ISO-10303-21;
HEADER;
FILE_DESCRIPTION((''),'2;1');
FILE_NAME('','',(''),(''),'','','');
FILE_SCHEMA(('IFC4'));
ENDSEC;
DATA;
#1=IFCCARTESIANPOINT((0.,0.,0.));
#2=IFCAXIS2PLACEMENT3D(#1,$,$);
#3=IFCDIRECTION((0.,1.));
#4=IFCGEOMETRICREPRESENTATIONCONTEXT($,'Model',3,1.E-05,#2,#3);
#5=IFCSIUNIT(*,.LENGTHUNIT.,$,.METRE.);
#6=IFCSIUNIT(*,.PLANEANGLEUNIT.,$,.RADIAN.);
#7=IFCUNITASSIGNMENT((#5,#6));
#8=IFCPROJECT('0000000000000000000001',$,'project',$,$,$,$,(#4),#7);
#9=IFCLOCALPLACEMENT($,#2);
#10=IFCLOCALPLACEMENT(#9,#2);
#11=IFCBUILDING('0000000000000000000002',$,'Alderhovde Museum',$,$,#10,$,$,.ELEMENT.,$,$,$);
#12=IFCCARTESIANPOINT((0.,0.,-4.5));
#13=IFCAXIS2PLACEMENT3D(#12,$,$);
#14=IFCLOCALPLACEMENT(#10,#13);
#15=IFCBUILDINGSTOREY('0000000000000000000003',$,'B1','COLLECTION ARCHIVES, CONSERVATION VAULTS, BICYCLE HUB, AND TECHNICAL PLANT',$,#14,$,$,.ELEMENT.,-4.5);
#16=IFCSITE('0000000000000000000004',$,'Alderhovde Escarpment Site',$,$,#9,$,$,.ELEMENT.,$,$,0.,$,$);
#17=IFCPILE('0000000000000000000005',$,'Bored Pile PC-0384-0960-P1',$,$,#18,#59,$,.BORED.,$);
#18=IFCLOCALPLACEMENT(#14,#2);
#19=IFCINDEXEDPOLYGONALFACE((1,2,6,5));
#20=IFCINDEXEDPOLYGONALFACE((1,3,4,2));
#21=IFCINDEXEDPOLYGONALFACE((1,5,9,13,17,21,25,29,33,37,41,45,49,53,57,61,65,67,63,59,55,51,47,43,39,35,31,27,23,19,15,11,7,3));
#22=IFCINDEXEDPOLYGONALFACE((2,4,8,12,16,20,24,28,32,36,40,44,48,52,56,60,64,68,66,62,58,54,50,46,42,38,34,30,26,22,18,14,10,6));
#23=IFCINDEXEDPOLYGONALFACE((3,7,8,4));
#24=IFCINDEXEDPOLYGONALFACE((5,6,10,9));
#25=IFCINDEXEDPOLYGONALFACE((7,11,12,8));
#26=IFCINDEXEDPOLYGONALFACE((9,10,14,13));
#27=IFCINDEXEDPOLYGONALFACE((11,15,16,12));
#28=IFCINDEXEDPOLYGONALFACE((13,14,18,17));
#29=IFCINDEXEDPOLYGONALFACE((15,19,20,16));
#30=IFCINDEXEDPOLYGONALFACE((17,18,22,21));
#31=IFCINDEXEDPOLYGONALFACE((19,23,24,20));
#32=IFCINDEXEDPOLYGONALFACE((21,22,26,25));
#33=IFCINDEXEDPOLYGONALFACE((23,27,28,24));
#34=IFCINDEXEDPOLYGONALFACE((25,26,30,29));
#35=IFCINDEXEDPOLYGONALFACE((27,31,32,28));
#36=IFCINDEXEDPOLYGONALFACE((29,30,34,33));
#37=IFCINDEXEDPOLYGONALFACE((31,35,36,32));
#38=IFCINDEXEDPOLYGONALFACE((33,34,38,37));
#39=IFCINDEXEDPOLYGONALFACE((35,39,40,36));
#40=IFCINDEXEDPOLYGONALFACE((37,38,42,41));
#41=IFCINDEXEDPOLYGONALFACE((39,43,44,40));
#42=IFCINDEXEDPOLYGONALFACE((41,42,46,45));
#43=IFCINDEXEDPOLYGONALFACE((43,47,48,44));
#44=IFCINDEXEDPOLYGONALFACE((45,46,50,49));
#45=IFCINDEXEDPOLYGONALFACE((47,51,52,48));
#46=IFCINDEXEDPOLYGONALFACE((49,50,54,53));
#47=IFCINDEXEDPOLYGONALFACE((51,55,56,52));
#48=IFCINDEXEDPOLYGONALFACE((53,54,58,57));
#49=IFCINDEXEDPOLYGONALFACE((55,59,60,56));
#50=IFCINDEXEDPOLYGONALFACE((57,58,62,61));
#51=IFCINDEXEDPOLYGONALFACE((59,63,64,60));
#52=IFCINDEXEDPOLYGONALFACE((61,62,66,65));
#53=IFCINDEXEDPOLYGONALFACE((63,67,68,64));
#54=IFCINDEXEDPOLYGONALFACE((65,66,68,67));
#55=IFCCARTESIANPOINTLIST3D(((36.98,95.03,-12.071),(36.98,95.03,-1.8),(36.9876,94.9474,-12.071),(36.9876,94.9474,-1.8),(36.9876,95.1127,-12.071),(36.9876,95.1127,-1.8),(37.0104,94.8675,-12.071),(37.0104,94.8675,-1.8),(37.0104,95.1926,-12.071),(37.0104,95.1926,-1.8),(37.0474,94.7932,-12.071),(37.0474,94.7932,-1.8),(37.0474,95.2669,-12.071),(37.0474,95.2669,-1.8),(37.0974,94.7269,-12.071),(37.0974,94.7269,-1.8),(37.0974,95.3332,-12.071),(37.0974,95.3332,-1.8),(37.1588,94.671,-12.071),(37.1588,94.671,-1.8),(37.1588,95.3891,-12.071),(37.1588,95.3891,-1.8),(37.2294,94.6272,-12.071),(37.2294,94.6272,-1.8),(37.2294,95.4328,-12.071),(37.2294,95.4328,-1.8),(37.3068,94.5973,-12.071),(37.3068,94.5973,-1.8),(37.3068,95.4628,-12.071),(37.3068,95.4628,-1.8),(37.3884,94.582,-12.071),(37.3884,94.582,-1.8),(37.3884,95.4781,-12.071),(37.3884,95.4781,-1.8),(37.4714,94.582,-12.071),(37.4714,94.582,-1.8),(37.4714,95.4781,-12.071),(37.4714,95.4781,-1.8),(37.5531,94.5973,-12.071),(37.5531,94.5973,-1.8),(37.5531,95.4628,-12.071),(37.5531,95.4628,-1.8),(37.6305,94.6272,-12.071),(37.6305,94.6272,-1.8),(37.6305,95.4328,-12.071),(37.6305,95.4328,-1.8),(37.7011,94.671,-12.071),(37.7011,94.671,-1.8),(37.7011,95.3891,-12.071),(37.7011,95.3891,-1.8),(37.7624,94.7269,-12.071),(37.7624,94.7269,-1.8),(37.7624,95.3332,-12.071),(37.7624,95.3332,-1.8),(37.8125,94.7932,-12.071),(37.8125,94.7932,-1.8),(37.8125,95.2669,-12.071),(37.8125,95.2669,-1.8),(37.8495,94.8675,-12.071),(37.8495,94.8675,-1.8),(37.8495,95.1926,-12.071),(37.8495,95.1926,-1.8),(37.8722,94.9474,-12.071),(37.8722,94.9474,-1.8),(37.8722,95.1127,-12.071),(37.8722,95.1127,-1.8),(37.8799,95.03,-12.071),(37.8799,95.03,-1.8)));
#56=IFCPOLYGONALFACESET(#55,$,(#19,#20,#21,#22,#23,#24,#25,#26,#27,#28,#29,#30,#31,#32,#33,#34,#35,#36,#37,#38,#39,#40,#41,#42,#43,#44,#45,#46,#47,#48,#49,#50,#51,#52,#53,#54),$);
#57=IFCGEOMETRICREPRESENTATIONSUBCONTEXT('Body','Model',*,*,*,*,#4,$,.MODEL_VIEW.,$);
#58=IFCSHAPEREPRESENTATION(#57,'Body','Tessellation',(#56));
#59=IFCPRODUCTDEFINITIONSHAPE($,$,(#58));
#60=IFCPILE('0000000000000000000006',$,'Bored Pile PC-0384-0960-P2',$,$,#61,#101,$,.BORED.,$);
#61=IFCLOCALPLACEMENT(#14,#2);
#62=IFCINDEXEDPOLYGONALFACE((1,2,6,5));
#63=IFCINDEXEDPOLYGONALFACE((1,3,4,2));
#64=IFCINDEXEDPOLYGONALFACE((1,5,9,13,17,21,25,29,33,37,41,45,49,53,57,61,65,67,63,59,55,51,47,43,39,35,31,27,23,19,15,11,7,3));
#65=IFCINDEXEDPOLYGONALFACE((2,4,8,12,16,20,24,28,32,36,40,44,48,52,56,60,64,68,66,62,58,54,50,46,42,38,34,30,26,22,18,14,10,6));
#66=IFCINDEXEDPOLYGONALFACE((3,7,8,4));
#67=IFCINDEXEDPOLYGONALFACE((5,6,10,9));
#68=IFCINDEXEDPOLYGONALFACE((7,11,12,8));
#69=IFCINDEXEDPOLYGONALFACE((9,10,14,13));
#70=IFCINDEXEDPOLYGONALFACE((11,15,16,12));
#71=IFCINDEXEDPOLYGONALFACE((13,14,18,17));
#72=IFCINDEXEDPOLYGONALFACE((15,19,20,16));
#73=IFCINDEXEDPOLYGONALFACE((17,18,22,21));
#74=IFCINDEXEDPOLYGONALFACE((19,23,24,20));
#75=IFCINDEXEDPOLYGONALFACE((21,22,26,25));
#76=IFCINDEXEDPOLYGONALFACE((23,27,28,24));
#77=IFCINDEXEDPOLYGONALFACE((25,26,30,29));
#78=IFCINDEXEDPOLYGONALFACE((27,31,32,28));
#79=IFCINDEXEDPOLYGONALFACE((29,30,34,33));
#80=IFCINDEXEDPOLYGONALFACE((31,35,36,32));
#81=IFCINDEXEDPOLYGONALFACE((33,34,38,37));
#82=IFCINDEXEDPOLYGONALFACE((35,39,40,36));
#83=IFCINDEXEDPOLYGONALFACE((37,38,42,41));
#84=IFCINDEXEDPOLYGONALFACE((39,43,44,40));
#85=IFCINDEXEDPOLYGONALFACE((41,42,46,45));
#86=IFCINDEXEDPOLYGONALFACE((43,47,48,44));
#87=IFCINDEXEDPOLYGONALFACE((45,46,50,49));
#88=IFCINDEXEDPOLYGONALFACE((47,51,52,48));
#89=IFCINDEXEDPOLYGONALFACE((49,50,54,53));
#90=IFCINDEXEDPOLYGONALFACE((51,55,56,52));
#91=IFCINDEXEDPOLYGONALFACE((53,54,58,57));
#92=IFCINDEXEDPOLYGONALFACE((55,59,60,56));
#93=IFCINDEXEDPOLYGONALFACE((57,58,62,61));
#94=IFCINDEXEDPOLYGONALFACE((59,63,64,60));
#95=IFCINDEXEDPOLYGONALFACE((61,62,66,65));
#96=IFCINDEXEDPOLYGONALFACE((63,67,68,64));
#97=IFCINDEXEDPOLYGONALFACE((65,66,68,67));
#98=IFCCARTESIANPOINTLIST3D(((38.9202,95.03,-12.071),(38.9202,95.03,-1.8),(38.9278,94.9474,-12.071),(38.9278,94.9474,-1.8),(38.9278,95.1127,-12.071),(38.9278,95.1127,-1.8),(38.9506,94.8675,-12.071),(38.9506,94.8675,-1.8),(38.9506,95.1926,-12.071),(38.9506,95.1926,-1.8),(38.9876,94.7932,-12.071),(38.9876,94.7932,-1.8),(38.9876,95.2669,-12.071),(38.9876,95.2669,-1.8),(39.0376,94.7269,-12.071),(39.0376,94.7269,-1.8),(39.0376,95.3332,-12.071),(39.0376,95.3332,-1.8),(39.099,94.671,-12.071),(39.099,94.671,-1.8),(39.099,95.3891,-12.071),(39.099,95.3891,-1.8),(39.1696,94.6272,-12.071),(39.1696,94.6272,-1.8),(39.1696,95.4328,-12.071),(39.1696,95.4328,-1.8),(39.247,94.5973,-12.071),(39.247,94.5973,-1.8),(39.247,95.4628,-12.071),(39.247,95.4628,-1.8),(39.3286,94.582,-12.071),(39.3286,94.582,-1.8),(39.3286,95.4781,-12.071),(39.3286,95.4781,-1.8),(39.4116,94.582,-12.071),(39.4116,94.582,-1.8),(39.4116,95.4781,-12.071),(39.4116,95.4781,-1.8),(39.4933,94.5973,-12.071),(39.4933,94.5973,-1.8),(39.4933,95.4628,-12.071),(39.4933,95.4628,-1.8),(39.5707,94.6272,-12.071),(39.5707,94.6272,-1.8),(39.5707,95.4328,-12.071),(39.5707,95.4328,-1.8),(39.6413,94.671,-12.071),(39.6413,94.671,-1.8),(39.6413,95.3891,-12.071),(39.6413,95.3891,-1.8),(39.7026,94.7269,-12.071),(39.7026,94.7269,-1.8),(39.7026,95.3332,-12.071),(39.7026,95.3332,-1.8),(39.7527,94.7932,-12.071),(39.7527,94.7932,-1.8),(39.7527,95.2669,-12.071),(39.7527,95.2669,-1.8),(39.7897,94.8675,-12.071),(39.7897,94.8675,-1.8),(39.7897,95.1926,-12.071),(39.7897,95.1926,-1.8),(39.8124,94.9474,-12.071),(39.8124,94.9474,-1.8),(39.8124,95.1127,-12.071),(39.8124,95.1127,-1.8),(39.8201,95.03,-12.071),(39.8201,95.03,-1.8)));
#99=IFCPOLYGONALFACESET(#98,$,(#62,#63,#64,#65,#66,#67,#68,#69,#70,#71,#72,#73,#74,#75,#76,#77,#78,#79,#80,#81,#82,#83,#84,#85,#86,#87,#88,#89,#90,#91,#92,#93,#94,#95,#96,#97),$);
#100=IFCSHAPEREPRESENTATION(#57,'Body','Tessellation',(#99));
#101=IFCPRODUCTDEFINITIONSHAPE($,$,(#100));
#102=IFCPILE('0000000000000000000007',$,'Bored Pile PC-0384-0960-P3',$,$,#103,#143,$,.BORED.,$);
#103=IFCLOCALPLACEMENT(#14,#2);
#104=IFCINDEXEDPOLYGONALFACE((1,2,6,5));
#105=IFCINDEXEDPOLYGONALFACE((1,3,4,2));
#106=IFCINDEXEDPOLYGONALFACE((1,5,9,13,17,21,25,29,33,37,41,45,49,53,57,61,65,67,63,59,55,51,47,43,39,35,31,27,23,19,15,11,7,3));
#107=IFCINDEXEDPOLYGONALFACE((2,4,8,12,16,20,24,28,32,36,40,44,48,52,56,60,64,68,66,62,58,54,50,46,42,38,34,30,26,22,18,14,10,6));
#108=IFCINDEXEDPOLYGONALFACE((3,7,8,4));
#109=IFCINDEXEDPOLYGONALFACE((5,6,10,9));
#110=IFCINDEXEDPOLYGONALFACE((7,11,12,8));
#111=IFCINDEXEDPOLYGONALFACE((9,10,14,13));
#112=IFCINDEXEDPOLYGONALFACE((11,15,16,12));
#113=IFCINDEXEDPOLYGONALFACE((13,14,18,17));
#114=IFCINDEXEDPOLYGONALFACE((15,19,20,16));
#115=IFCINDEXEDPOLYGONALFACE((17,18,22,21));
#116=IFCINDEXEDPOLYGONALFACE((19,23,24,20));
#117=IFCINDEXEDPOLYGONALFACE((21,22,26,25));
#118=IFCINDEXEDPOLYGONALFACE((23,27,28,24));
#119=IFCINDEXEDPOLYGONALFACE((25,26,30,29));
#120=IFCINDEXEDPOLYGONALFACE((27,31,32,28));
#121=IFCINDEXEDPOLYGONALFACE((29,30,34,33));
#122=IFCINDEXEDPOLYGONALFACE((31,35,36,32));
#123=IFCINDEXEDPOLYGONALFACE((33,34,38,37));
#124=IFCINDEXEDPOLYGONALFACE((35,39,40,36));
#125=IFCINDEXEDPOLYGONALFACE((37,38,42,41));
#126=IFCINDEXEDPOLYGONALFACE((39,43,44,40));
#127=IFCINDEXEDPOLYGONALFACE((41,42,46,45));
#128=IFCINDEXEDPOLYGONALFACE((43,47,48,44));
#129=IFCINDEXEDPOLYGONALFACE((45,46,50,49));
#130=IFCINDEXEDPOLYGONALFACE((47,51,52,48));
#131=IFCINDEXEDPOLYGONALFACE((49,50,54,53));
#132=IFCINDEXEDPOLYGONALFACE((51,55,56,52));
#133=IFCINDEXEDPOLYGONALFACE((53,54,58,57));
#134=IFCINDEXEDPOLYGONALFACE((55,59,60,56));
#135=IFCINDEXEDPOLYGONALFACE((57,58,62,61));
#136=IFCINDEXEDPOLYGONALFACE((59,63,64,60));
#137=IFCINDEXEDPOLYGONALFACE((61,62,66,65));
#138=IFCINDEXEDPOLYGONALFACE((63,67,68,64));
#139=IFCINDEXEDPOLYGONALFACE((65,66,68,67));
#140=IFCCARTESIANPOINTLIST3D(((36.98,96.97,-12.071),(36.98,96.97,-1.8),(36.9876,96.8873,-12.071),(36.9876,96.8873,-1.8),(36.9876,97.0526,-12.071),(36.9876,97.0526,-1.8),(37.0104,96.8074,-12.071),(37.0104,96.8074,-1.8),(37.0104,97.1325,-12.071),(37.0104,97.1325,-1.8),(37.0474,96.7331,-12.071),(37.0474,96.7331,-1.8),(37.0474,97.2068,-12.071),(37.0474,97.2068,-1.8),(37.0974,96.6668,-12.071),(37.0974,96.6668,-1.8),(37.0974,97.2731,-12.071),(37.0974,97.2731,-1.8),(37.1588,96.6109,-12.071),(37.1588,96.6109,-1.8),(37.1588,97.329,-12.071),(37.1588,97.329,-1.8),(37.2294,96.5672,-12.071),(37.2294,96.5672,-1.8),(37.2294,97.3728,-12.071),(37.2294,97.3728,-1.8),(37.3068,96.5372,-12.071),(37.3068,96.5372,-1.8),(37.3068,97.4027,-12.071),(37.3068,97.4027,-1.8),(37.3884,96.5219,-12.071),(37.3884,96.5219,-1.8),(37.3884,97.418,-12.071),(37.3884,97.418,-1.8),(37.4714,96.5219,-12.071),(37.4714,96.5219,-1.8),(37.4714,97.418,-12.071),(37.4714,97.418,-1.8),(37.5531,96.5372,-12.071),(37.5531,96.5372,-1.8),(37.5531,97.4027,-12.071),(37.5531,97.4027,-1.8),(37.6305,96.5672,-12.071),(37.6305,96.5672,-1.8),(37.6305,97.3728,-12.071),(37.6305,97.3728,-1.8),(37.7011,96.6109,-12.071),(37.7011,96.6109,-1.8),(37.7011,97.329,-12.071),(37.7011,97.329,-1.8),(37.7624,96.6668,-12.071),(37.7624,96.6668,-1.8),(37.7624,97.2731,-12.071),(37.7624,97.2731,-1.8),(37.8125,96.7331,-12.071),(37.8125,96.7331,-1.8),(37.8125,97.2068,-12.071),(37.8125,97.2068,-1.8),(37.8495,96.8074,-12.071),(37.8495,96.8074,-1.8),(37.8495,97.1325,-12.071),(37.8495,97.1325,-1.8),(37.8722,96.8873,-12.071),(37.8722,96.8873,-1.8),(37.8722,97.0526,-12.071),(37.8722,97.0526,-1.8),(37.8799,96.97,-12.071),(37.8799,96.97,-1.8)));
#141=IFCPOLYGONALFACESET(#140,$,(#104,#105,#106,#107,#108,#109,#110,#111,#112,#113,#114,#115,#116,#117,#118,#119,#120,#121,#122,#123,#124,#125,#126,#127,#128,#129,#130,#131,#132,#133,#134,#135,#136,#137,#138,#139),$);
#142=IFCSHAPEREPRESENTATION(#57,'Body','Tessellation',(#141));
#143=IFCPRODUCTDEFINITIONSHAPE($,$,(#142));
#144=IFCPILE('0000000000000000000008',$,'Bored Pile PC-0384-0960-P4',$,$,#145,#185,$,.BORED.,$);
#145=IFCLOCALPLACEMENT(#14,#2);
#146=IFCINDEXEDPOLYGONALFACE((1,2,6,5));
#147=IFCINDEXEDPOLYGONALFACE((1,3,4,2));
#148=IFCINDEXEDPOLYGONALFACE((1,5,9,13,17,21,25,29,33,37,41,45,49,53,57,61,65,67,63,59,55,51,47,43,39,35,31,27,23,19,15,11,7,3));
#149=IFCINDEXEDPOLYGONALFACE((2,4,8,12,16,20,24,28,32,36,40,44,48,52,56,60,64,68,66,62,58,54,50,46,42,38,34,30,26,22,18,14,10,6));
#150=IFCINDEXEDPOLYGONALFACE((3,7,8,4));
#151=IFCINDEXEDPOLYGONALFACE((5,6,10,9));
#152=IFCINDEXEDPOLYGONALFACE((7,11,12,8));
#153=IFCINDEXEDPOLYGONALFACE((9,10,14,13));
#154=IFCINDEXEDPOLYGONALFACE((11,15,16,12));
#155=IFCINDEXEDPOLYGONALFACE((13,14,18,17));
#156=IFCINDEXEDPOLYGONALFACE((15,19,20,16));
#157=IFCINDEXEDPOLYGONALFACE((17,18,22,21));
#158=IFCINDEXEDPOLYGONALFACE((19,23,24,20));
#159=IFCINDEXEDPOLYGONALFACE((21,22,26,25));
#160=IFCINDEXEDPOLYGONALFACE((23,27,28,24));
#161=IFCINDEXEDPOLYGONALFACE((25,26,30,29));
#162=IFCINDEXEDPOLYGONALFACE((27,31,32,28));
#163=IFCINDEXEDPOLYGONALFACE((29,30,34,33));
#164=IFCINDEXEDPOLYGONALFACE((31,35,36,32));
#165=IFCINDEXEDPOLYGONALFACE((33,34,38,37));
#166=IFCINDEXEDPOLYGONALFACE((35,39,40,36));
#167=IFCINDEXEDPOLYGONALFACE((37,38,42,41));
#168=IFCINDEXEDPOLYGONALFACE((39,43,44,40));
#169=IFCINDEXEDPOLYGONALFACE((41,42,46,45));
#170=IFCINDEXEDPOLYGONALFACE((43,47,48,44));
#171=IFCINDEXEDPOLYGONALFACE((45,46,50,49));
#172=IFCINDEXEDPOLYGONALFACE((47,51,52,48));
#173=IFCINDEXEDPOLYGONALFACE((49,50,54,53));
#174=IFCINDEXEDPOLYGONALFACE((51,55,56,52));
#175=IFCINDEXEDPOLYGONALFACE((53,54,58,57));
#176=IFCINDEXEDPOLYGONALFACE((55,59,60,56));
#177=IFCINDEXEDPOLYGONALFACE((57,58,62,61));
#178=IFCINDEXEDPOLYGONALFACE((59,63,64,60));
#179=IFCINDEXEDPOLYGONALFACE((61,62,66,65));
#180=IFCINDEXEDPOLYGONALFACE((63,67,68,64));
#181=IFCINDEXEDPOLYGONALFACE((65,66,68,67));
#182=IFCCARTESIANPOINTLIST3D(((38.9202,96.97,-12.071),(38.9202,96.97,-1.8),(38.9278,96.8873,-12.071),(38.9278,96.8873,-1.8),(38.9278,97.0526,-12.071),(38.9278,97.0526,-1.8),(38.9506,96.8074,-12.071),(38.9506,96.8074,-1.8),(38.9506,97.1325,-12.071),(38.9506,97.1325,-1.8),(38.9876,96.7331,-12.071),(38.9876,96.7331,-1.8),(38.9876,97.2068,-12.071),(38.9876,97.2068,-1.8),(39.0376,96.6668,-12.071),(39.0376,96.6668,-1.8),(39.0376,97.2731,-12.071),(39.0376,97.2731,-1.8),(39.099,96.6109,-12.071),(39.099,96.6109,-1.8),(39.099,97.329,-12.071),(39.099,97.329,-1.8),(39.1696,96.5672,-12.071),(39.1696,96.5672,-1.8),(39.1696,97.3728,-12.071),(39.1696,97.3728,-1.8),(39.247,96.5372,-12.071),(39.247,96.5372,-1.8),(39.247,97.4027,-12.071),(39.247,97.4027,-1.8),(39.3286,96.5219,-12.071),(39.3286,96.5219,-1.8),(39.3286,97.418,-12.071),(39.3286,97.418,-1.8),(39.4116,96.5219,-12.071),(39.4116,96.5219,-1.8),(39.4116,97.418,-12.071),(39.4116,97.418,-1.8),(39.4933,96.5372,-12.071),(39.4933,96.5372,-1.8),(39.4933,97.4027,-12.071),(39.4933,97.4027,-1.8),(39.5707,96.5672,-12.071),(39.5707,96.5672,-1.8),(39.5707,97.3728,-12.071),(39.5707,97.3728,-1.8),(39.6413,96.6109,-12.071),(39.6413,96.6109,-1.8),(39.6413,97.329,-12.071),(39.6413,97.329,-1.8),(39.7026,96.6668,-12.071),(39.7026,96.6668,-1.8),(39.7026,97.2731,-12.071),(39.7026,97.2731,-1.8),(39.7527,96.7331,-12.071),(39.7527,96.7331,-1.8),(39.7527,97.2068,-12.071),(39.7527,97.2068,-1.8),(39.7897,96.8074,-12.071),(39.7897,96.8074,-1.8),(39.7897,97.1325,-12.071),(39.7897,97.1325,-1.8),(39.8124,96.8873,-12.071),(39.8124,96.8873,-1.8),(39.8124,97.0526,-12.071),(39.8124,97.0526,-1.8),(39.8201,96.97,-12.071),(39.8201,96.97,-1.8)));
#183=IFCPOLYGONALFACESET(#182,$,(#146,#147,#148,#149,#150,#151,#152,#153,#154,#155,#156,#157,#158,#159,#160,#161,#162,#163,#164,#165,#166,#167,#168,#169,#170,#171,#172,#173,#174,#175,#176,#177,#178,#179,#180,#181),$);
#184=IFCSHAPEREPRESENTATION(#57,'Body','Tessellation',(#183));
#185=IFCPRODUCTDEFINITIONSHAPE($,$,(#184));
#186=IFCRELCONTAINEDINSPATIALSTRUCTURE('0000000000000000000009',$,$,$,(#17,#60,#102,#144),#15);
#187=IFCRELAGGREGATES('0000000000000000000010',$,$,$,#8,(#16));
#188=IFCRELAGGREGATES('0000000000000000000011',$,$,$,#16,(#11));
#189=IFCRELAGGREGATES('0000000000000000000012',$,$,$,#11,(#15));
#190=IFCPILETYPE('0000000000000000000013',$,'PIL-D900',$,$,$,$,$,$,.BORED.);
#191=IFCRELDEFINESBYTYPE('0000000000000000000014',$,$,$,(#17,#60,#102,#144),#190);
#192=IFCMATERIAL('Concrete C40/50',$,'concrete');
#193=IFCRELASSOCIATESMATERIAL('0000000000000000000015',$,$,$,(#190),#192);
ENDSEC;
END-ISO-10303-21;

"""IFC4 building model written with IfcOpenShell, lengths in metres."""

from ifc_helpers import new_model, si_unit, direction, frame, origin, origin_2d, place, context, subcontext, project, spatial, circle, extrude, material, material_profile, profile_set, type_object, element, save


model = new_model("IFC4")

# Units and contexts
model_context = context("Model", 3, precision=1e-05, world=origin(), true_north=direction((0.0, 1.0)))
body_context = subcontext(model_context, "Body", "Model", "MODEL_VIEW")
ifc_project = project(units=[si_unit("LENGTHUNIT", "METRE"), si_unit("PLANEANGLEUNIT", "RADIAN")], contexts=[model_context])

# Site, building, storey
site_placement = place(None, origin())
site = spatial("IfcSite", under=ifc_project, at=site_placement, Name="Alderhovde Escarpment Site", CompositionType="ELEMENT", RefElevation=0.0)
building_placement = place(site_placement, origin())
building = spatial("IfcBuilding", under=site, at=building_placement, Name="Alderhovde Museum", CompositionType="ELEMENT")
storey_placement = place(building_placement, frame((0.0, 0.0, -4.5)))
storey = spatial("IfcBuildingStorey", under=building, at=storey_placement, Name="B1", Description="COLLECTION ARCHIVES, CONSERVATION VAULTS, BICYCLE HUB, AND TECHNICAL PLANT", CompositionType="ELEMENT", Elevation=-4.5)

# Piles
ifc_material_1 = material(Name="Concrete C40/50", Category="concrete")
ifc_material_profile_1 = material_profile(ifc_material_1, circle(Radius=0.45, at=origin_2d()), Name="PILE-D900")
ifc_profile_set_1 = profile_set([ifc_material_profile_1], Name="Concrete C40/50")
pile_type_1 = type_object("IfcPileType", Name="PIL-D900", PredefinedType="BORED", material=ifc_profile_set_1)
for number, where, z_axis, x_axis, name in (
    (1, (37.4299, 95.03, -1.8), (0.0, 0.0, -1.0), (1.0, 0.0, 0.0), "Bored Pile PC-0384-0960-P1"),
    (2, (39.3701, 95.03, -1.8), (0.0, 0.0, -1.0), (1.0, 0.0, 0.0), "Bored Pile PC-0384-0960-P2"),
    (3, (37.4299, 96.97, -1.8), (0.0, 0.0, -1.0), (1.0, 0.0, 0.0), "Bored Pile PC-0384-0960-P3"),
    (4, (39.3701, 96.97, -1.8), (0.0, 0.0, -1.0), (1.0, 0.0, 0.0), "Bored Pile PC-0384-0960-P4"),
):
    element("IfcPile", number, at=place(storey_placement, frame(where, z_axis=z_axis, x_axis=x_axis)), inside=storey, type_object=pile_type_1, Name=name, PredefinedType="BORED", context=body_context, shape_type="SweptSolid", body=[
        extrude(circle(Radius=0.45, at=origin_2d()), origin(), (0.0, 0.0, 1.0), 10.271),
    ])

save(model, "model.ifc")
